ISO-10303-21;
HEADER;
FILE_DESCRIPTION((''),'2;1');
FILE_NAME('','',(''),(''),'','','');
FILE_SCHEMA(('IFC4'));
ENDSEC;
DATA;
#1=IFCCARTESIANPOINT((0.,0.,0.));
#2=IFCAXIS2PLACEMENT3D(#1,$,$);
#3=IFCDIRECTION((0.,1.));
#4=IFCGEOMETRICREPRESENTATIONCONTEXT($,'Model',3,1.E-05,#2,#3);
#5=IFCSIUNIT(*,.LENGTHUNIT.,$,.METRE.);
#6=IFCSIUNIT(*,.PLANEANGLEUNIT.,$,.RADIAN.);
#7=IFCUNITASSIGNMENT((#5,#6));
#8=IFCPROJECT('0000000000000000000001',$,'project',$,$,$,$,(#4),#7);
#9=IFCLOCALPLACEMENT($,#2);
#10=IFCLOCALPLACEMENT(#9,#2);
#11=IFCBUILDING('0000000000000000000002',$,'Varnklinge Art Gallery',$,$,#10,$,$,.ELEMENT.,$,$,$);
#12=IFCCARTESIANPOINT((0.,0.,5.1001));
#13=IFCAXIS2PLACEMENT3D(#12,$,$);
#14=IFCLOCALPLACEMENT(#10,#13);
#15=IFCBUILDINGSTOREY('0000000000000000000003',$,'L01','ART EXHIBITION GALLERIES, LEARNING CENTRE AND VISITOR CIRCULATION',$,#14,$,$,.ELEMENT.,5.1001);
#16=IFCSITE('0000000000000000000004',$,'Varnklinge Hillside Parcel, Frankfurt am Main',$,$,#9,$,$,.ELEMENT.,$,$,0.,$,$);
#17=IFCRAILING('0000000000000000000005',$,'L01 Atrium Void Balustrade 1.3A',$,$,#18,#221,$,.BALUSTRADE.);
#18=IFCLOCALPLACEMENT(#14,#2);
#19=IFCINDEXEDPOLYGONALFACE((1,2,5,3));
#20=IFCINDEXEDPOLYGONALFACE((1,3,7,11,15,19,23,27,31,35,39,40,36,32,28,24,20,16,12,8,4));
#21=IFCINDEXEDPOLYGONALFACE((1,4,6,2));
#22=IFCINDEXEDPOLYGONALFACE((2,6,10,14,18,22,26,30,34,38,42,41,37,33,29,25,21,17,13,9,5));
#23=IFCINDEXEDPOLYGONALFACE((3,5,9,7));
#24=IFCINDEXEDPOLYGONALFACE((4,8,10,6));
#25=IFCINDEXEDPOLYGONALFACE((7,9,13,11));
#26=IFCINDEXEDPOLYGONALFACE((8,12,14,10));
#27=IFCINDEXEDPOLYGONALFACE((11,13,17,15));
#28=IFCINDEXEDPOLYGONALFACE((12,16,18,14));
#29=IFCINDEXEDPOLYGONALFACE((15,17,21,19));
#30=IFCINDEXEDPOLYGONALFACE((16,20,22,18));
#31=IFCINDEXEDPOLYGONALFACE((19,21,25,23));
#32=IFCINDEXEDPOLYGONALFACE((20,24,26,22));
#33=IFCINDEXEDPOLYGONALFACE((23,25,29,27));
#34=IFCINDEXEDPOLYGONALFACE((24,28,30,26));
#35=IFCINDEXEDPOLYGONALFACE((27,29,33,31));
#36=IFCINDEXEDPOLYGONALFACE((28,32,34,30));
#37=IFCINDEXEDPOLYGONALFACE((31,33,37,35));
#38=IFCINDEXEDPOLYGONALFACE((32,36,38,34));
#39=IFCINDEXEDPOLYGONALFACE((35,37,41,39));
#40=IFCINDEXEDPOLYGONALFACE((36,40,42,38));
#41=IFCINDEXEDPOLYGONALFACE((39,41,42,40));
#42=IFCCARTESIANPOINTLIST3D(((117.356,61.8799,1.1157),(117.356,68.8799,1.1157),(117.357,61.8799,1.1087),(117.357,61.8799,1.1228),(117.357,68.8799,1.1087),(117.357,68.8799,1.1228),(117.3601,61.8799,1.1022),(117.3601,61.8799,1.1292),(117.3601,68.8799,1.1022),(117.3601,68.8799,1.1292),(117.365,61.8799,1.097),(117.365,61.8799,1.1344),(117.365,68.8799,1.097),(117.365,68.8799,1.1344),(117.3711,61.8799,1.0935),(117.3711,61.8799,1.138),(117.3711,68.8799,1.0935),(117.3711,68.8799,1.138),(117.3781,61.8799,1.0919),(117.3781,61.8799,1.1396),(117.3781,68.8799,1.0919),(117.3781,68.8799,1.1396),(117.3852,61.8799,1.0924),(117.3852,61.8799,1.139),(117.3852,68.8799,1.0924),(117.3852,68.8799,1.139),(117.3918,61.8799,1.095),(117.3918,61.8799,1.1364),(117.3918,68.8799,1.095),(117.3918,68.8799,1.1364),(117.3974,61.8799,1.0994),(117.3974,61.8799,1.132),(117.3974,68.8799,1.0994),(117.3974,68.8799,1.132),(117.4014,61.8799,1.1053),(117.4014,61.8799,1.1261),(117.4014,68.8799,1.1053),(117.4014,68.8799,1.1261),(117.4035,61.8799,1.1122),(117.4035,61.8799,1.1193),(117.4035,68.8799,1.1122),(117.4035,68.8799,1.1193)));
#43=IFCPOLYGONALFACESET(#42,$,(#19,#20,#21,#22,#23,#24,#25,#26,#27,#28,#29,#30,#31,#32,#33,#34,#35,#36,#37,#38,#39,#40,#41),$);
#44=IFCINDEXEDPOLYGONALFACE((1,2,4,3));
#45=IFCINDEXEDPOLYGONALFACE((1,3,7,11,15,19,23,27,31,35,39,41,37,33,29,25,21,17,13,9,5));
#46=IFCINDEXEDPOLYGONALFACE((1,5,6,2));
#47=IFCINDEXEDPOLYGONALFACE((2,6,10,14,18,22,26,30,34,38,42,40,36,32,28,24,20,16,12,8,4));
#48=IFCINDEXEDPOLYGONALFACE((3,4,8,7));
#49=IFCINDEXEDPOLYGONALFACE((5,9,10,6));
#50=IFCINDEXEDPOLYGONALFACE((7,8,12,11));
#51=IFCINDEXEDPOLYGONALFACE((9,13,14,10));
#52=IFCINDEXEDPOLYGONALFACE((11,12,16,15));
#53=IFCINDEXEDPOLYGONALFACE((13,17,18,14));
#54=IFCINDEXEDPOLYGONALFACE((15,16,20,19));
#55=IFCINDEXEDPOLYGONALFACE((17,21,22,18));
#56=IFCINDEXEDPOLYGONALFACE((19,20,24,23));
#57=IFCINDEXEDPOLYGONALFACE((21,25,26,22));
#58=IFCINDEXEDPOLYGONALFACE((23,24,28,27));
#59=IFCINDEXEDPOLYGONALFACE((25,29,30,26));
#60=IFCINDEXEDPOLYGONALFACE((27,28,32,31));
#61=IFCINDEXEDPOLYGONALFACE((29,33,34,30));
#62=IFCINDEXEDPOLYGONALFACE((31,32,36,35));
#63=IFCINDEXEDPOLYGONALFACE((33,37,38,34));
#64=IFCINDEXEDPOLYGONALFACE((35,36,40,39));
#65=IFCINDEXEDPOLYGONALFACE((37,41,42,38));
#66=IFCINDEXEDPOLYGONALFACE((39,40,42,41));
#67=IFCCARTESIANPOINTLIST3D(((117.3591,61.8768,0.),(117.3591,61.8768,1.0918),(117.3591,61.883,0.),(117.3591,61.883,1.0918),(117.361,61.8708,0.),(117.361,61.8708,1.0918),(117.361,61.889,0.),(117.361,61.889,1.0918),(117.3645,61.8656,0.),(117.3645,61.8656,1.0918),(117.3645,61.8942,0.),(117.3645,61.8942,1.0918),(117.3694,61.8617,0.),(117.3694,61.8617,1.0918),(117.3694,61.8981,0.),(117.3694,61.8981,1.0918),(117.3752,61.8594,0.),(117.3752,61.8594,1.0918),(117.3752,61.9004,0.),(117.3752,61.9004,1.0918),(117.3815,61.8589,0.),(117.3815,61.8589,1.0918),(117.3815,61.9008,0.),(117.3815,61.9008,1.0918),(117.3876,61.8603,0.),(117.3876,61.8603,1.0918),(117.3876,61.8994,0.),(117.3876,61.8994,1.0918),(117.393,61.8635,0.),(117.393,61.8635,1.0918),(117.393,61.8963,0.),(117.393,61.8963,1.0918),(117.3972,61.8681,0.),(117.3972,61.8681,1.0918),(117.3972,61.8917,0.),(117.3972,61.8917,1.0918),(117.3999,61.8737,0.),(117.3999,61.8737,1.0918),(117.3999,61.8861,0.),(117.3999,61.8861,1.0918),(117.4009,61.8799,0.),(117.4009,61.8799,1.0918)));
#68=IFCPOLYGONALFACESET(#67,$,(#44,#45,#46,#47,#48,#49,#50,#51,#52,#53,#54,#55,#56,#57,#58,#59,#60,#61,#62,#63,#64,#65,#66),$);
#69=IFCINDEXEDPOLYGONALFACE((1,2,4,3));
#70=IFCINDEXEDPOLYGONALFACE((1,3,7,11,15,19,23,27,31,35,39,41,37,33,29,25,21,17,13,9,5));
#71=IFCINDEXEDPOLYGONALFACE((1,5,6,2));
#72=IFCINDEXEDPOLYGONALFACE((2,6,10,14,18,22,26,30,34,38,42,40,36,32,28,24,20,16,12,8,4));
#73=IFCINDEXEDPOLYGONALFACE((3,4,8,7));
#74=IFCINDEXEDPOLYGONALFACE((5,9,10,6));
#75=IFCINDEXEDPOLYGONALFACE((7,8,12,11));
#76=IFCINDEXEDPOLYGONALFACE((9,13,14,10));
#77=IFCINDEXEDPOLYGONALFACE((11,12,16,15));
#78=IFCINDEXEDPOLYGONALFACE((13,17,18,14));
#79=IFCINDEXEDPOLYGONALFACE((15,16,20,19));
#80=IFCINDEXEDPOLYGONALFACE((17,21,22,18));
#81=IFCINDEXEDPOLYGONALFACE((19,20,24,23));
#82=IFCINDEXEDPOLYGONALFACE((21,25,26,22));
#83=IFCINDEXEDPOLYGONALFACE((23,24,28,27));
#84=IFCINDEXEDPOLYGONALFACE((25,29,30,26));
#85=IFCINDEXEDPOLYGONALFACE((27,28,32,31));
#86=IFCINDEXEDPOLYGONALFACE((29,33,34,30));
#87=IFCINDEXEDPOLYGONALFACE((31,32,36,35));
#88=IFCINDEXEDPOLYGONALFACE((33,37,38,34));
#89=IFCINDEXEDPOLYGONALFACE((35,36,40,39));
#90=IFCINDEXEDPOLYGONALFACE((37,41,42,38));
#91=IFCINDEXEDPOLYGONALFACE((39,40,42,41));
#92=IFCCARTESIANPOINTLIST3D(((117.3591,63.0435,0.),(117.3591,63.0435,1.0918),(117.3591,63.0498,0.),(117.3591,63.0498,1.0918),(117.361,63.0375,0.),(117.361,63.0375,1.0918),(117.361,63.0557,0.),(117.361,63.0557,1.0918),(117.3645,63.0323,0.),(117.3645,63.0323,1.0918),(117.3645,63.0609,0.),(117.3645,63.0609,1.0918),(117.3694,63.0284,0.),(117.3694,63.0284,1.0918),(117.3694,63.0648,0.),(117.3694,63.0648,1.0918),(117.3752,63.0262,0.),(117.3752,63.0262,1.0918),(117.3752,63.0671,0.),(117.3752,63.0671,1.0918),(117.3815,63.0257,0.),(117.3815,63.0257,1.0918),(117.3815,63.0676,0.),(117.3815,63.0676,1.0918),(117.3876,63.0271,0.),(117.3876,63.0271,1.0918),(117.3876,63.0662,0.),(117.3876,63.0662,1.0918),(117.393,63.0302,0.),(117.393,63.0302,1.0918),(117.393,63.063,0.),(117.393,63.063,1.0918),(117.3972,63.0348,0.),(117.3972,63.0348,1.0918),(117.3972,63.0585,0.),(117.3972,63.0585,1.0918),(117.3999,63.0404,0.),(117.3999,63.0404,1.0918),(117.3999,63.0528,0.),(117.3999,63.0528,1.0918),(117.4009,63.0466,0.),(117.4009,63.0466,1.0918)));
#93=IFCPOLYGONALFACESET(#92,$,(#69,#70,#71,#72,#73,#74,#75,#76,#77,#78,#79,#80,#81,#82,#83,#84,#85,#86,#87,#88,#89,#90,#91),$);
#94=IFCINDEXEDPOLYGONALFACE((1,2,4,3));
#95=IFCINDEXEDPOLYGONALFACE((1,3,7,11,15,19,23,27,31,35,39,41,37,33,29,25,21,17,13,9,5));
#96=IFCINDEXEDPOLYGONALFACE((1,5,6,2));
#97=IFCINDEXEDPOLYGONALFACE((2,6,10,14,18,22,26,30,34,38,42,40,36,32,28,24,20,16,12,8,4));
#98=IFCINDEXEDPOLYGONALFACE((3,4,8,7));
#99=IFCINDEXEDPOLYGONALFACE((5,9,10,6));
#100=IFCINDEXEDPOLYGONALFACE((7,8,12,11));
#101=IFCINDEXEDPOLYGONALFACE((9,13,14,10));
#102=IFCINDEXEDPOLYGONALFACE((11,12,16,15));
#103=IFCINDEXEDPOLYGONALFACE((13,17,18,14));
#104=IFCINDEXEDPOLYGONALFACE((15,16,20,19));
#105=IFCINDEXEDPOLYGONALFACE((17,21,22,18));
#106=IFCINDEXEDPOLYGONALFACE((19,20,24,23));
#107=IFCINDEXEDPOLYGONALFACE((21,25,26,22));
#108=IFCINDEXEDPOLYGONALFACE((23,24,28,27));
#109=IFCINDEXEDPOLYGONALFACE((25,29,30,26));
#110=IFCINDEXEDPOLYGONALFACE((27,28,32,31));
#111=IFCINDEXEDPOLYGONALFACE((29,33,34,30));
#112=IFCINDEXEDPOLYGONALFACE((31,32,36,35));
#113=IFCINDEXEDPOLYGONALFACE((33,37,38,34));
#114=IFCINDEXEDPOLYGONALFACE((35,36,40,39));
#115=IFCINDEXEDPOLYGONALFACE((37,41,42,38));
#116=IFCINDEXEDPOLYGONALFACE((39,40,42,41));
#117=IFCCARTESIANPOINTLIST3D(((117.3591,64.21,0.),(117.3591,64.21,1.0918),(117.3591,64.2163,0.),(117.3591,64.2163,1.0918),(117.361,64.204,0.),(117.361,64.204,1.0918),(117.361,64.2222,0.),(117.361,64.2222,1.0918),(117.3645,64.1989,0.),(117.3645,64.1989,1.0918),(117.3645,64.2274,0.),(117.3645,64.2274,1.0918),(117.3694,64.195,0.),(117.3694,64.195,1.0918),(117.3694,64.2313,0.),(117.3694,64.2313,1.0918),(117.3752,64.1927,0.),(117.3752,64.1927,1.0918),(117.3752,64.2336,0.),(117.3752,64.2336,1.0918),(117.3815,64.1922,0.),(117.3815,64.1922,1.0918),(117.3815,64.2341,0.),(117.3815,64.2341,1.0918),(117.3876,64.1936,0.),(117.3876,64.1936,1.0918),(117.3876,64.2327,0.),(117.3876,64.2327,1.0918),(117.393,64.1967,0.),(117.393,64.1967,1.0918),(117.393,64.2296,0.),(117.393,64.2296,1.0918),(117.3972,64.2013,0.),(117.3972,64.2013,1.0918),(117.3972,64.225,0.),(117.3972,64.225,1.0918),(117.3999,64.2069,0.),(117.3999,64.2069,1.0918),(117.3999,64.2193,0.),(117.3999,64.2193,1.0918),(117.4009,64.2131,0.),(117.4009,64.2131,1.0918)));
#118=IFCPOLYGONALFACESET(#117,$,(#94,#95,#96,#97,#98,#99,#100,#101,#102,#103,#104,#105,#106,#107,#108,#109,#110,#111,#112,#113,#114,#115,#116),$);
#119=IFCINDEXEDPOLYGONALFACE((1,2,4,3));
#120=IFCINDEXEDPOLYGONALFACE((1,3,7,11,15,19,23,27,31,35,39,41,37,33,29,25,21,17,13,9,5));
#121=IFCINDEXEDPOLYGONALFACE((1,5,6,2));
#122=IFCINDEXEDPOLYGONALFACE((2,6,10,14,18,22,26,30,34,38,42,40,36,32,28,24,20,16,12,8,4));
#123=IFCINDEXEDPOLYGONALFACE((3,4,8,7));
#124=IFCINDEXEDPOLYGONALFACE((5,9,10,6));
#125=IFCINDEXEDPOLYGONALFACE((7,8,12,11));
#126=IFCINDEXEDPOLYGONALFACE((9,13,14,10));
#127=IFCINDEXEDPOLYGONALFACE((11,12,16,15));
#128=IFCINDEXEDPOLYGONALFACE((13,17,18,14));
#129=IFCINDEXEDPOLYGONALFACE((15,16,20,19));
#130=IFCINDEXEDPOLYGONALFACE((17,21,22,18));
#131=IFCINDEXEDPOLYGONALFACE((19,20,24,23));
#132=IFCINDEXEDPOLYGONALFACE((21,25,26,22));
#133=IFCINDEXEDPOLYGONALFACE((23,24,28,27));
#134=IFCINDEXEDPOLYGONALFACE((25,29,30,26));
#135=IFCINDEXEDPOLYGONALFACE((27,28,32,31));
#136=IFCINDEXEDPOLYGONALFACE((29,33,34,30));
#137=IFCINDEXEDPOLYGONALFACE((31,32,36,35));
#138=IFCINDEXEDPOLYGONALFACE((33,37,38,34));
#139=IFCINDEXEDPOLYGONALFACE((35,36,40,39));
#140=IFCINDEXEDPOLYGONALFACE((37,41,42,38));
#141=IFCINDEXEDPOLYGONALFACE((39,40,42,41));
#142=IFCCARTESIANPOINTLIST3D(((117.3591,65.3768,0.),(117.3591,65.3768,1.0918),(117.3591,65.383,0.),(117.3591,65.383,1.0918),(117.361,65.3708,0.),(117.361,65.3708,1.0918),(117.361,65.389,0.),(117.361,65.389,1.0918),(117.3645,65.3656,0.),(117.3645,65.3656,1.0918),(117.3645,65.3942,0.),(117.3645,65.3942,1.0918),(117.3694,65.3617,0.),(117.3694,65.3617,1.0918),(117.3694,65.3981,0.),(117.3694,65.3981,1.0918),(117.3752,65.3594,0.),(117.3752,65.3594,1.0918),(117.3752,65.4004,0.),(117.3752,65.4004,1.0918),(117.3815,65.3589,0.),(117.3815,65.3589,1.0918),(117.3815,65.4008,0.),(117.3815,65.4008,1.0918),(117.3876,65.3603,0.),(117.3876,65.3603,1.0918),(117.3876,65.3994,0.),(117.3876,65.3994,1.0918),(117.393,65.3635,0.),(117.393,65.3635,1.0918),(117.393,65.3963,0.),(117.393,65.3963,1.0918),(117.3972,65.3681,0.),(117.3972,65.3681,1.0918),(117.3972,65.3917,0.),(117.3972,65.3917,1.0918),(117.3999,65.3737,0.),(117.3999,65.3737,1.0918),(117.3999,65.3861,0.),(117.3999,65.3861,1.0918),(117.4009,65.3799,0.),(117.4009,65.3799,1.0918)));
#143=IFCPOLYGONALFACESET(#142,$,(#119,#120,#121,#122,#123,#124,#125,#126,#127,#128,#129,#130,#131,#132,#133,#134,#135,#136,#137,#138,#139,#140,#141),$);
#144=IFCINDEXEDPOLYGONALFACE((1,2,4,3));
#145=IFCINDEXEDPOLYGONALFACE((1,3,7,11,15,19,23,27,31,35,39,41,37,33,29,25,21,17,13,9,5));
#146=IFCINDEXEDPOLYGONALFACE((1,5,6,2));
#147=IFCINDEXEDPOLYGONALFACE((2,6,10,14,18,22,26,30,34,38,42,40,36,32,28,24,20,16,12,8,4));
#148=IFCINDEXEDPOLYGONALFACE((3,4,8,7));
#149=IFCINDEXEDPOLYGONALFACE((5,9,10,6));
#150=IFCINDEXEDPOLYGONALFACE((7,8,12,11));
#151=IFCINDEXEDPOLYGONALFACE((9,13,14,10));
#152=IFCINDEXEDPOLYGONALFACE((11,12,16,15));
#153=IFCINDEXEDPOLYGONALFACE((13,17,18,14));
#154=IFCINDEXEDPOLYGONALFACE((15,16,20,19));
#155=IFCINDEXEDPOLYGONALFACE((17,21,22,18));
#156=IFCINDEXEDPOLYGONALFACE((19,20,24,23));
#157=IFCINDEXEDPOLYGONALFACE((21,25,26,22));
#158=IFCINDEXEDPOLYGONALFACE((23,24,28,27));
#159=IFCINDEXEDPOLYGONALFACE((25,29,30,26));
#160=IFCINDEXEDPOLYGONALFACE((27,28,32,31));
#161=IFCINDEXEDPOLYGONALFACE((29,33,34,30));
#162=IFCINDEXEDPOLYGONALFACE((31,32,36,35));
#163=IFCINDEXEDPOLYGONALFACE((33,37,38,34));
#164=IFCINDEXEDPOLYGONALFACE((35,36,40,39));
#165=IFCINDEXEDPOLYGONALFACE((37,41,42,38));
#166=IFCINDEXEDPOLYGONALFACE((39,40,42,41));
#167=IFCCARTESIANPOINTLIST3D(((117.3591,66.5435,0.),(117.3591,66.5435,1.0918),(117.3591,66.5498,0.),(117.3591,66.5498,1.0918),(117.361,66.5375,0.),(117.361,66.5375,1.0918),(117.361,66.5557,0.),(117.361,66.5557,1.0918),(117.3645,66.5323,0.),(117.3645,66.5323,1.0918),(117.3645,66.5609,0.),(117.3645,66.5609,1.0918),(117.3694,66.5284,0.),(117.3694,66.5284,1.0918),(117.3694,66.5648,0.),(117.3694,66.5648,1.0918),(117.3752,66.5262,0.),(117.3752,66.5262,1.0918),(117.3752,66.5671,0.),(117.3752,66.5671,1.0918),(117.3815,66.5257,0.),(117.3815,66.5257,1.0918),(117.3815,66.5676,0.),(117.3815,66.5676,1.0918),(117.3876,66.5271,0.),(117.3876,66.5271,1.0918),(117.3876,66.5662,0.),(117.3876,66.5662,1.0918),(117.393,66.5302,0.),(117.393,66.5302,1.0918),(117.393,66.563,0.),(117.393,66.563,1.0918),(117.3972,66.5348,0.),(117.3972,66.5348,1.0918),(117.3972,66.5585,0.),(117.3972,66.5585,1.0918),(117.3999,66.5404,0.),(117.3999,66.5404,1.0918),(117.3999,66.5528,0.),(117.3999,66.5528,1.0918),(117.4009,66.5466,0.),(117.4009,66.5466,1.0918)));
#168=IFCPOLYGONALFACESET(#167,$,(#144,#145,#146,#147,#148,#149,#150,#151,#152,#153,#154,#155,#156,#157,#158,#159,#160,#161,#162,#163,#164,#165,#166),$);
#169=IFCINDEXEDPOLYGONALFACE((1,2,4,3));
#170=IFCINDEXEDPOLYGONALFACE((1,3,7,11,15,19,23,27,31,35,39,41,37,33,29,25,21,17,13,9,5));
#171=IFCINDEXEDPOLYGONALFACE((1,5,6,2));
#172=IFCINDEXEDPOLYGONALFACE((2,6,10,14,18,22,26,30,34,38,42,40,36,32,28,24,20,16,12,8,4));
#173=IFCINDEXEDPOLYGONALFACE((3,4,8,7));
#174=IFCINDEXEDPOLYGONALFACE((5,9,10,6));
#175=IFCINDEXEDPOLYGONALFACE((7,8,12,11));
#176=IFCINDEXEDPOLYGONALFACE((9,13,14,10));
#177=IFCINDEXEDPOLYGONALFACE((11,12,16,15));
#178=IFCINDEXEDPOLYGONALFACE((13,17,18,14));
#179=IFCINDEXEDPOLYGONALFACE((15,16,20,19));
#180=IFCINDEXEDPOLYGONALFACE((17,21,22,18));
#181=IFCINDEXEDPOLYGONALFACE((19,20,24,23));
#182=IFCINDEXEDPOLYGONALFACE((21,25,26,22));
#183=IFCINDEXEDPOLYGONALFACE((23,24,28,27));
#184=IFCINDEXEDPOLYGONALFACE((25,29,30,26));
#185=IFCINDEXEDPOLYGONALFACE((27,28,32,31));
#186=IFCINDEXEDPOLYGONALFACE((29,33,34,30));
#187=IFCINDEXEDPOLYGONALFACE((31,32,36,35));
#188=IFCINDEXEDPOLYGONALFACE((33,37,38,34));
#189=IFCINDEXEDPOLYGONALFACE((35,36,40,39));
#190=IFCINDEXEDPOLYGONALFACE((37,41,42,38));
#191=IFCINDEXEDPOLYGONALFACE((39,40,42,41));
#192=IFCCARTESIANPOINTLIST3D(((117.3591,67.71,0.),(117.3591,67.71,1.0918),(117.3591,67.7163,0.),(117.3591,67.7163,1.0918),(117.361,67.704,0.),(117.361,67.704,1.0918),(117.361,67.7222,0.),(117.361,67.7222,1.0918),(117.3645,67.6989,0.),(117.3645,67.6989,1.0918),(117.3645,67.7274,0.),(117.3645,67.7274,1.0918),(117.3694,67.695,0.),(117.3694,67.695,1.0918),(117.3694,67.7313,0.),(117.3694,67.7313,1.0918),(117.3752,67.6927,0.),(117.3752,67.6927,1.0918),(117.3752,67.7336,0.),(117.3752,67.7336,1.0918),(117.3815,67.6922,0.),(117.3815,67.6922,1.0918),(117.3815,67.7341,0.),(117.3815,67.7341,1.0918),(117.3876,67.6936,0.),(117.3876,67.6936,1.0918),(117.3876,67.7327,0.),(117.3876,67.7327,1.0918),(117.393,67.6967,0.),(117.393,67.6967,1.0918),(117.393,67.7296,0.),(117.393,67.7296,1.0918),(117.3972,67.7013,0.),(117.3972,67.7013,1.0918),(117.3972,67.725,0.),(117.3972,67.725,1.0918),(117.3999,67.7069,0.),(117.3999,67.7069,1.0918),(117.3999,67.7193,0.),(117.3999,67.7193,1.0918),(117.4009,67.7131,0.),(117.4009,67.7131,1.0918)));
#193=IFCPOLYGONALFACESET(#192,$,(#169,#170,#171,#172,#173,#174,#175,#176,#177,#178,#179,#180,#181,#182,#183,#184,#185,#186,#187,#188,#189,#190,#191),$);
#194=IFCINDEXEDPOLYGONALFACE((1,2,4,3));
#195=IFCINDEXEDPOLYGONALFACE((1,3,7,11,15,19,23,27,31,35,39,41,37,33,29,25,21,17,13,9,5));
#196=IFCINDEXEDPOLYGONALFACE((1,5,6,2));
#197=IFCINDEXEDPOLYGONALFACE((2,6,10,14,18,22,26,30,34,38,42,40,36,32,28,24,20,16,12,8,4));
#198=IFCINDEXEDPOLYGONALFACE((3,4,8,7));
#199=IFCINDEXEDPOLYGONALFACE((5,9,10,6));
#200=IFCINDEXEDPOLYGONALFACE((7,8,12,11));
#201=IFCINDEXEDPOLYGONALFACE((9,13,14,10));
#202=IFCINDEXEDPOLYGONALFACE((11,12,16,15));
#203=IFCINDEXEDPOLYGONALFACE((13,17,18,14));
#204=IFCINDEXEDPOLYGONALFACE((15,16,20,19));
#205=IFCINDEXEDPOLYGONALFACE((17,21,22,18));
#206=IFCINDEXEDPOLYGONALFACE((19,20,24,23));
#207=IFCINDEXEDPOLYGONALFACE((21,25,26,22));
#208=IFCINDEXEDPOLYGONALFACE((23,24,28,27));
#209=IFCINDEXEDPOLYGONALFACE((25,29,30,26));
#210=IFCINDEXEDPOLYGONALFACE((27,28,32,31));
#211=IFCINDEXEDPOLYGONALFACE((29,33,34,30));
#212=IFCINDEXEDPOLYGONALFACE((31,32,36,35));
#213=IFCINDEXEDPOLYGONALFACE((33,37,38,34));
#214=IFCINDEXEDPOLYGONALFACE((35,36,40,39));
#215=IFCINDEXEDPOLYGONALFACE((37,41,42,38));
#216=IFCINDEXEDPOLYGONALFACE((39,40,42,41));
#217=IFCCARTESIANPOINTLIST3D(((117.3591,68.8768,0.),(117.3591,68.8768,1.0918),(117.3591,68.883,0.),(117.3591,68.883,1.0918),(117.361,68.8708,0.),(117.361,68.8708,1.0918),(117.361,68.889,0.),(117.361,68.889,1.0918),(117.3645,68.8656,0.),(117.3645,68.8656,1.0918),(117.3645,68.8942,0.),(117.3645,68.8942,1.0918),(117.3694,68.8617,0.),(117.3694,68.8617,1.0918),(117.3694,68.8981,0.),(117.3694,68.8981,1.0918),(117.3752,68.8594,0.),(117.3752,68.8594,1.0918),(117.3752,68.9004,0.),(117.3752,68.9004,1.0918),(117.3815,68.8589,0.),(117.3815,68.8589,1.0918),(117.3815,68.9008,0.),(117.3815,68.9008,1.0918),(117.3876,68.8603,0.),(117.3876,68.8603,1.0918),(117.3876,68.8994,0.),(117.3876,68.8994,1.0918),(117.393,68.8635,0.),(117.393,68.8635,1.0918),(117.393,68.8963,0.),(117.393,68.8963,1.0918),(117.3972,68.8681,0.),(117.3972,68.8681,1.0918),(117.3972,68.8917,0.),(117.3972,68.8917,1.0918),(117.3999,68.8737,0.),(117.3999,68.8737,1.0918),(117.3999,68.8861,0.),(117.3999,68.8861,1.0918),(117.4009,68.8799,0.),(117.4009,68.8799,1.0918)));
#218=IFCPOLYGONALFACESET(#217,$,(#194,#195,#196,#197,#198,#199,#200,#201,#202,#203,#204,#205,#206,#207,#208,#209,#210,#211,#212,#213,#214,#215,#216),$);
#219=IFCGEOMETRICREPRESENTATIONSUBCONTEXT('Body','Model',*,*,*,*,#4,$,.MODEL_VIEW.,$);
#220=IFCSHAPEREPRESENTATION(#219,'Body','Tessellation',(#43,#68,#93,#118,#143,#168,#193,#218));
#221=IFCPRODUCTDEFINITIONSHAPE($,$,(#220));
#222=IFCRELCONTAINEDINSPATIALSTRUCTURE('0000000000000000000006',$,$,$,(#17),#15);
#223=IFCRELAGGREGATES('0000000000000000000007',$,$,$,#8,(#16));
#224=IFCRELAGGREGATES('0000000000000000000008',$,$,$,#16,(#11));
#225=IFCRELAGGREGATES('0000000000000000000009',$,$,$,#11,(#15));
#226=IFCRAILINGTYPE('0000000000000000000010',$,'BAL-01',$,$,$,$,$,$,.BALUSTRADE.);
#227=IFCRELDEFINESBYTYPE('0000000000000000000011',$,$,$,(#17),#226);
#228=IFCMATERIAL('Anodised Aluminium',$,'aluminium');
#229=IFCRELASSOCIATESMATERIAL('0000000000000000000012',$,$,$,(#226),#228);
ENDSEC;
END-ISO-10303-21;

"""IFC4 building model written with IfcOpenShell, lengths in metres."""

from ifc_helpers import new_model, si_unit, direction, frame, origin, origin_2d, place, context, subcontext, project, spatial, circle, extrude, material, type_object, element, save


model = new_model("IFC4")

# Units and contexts
model_context = context("Model", 3, precision=1e-05, world=origin(), true_north=direction((0.0, 1.0)))
body_context = subcontext(model_context, "Body", "Model", "MODEL_VIEW")
ifc_project = project(units=[si_unit("LENGTHUNIT", "METRE"), si_unit("PLANEANGLEUNIT", "RADIAN")], contexts=[model_context])

# Site, building, storey
site_placement = place(None, origin())
site = spatial("IfcSite", under=ifc_project, at=site_placement, Name="Varnklinge Hillside Parcel, Frankfurt am Main", CompositionType="ELEMENT", RefElevation=0.0)
building_placement = place(site_placement, origin())
building = spatial("IfcBuilding", under=site, at=building_placement, Name="Varnklinge Art Gallery", CompositionType="ELEMENT")
storey_placement = place(building_placement, frame((0.0, 0.0, 5.1001)))
storey = spatial("IfcBuildingStorey", under=building, at=storey_placement, Name="L01", Description="ART EXHIBITION GALLERIES, LEARNING CENTRE AND VISITOR CIRCULATION", CompositionType="ELEMENT", Elevation=5.1001)

# Railing
ifc_material_1 = material(Name="Anodised Aluminium", Category="aluminium")
railing_type = type_object("IfcRailingType", Name="BAL-01", PredefinedType="BALUSTRADE", material=ifc_material_1)
railing_1_placement = place(storey_placement, frame((117.3799, 61.8799, 0.0)))
element("IfcRailing", 1, at=railing_1_placement, inside=storey, type_object=railing_type, Name="L01 Atrium Void Balustrade 1.3A", PredefinedType="BALUSTRADE", context=body_context, shape_type="SweptSolid", body=[
    extrude(circle(Radius=0.0239, at=origin_2d()), frame((0.0, 0.0, 1.1157), z_axis=(0.0, 1.0, 0.0), x_axis=(-1.0, 0.0, 0.0)), (0.0, 0.0, 1.0), 7.0),
    extrude(circle(Radius=0.021, at=origin_2d()), origin(), (0.0, 0.0, 1.0), 1.0918),
    extrude(circle(Radius=0.021, at=origin_2d()), frame((0.0, 1.1667, 0.0)), (0.0, 0.0, 1.0), 1.0918),
    extrude(circle(Radius=0.021, at=origin_2d()), frame((0.0, 2.3333, 0.0)), (0.0, 0.0, 1.0), 1.0918),
    extrude(circle(Radius=0.021, at=origin_2d()), frame((0.0, 3.5, 0.0)), (0.0, 0.0, 1.0), 1.0918),
    extrude(circle(Radius=0.021, at=origin_2d()), frame((0.0, 4.6667, 0.0)), (0.0, 0.0, 1.0), 1.0918),
    extrude(circle(Radius=0.021, at=origin_2d()), frame((0.0, 5.8333, 0.0)), (0.0, 0.0, 1.0), 1.0918),
    extrude(circle(Radius=0.021, at=origin_2d()), frame((0.0, 7.0, 0.0)), (0.0, 0.0, 1.0), 1.0918),
])

save(model, "model.ifc")
